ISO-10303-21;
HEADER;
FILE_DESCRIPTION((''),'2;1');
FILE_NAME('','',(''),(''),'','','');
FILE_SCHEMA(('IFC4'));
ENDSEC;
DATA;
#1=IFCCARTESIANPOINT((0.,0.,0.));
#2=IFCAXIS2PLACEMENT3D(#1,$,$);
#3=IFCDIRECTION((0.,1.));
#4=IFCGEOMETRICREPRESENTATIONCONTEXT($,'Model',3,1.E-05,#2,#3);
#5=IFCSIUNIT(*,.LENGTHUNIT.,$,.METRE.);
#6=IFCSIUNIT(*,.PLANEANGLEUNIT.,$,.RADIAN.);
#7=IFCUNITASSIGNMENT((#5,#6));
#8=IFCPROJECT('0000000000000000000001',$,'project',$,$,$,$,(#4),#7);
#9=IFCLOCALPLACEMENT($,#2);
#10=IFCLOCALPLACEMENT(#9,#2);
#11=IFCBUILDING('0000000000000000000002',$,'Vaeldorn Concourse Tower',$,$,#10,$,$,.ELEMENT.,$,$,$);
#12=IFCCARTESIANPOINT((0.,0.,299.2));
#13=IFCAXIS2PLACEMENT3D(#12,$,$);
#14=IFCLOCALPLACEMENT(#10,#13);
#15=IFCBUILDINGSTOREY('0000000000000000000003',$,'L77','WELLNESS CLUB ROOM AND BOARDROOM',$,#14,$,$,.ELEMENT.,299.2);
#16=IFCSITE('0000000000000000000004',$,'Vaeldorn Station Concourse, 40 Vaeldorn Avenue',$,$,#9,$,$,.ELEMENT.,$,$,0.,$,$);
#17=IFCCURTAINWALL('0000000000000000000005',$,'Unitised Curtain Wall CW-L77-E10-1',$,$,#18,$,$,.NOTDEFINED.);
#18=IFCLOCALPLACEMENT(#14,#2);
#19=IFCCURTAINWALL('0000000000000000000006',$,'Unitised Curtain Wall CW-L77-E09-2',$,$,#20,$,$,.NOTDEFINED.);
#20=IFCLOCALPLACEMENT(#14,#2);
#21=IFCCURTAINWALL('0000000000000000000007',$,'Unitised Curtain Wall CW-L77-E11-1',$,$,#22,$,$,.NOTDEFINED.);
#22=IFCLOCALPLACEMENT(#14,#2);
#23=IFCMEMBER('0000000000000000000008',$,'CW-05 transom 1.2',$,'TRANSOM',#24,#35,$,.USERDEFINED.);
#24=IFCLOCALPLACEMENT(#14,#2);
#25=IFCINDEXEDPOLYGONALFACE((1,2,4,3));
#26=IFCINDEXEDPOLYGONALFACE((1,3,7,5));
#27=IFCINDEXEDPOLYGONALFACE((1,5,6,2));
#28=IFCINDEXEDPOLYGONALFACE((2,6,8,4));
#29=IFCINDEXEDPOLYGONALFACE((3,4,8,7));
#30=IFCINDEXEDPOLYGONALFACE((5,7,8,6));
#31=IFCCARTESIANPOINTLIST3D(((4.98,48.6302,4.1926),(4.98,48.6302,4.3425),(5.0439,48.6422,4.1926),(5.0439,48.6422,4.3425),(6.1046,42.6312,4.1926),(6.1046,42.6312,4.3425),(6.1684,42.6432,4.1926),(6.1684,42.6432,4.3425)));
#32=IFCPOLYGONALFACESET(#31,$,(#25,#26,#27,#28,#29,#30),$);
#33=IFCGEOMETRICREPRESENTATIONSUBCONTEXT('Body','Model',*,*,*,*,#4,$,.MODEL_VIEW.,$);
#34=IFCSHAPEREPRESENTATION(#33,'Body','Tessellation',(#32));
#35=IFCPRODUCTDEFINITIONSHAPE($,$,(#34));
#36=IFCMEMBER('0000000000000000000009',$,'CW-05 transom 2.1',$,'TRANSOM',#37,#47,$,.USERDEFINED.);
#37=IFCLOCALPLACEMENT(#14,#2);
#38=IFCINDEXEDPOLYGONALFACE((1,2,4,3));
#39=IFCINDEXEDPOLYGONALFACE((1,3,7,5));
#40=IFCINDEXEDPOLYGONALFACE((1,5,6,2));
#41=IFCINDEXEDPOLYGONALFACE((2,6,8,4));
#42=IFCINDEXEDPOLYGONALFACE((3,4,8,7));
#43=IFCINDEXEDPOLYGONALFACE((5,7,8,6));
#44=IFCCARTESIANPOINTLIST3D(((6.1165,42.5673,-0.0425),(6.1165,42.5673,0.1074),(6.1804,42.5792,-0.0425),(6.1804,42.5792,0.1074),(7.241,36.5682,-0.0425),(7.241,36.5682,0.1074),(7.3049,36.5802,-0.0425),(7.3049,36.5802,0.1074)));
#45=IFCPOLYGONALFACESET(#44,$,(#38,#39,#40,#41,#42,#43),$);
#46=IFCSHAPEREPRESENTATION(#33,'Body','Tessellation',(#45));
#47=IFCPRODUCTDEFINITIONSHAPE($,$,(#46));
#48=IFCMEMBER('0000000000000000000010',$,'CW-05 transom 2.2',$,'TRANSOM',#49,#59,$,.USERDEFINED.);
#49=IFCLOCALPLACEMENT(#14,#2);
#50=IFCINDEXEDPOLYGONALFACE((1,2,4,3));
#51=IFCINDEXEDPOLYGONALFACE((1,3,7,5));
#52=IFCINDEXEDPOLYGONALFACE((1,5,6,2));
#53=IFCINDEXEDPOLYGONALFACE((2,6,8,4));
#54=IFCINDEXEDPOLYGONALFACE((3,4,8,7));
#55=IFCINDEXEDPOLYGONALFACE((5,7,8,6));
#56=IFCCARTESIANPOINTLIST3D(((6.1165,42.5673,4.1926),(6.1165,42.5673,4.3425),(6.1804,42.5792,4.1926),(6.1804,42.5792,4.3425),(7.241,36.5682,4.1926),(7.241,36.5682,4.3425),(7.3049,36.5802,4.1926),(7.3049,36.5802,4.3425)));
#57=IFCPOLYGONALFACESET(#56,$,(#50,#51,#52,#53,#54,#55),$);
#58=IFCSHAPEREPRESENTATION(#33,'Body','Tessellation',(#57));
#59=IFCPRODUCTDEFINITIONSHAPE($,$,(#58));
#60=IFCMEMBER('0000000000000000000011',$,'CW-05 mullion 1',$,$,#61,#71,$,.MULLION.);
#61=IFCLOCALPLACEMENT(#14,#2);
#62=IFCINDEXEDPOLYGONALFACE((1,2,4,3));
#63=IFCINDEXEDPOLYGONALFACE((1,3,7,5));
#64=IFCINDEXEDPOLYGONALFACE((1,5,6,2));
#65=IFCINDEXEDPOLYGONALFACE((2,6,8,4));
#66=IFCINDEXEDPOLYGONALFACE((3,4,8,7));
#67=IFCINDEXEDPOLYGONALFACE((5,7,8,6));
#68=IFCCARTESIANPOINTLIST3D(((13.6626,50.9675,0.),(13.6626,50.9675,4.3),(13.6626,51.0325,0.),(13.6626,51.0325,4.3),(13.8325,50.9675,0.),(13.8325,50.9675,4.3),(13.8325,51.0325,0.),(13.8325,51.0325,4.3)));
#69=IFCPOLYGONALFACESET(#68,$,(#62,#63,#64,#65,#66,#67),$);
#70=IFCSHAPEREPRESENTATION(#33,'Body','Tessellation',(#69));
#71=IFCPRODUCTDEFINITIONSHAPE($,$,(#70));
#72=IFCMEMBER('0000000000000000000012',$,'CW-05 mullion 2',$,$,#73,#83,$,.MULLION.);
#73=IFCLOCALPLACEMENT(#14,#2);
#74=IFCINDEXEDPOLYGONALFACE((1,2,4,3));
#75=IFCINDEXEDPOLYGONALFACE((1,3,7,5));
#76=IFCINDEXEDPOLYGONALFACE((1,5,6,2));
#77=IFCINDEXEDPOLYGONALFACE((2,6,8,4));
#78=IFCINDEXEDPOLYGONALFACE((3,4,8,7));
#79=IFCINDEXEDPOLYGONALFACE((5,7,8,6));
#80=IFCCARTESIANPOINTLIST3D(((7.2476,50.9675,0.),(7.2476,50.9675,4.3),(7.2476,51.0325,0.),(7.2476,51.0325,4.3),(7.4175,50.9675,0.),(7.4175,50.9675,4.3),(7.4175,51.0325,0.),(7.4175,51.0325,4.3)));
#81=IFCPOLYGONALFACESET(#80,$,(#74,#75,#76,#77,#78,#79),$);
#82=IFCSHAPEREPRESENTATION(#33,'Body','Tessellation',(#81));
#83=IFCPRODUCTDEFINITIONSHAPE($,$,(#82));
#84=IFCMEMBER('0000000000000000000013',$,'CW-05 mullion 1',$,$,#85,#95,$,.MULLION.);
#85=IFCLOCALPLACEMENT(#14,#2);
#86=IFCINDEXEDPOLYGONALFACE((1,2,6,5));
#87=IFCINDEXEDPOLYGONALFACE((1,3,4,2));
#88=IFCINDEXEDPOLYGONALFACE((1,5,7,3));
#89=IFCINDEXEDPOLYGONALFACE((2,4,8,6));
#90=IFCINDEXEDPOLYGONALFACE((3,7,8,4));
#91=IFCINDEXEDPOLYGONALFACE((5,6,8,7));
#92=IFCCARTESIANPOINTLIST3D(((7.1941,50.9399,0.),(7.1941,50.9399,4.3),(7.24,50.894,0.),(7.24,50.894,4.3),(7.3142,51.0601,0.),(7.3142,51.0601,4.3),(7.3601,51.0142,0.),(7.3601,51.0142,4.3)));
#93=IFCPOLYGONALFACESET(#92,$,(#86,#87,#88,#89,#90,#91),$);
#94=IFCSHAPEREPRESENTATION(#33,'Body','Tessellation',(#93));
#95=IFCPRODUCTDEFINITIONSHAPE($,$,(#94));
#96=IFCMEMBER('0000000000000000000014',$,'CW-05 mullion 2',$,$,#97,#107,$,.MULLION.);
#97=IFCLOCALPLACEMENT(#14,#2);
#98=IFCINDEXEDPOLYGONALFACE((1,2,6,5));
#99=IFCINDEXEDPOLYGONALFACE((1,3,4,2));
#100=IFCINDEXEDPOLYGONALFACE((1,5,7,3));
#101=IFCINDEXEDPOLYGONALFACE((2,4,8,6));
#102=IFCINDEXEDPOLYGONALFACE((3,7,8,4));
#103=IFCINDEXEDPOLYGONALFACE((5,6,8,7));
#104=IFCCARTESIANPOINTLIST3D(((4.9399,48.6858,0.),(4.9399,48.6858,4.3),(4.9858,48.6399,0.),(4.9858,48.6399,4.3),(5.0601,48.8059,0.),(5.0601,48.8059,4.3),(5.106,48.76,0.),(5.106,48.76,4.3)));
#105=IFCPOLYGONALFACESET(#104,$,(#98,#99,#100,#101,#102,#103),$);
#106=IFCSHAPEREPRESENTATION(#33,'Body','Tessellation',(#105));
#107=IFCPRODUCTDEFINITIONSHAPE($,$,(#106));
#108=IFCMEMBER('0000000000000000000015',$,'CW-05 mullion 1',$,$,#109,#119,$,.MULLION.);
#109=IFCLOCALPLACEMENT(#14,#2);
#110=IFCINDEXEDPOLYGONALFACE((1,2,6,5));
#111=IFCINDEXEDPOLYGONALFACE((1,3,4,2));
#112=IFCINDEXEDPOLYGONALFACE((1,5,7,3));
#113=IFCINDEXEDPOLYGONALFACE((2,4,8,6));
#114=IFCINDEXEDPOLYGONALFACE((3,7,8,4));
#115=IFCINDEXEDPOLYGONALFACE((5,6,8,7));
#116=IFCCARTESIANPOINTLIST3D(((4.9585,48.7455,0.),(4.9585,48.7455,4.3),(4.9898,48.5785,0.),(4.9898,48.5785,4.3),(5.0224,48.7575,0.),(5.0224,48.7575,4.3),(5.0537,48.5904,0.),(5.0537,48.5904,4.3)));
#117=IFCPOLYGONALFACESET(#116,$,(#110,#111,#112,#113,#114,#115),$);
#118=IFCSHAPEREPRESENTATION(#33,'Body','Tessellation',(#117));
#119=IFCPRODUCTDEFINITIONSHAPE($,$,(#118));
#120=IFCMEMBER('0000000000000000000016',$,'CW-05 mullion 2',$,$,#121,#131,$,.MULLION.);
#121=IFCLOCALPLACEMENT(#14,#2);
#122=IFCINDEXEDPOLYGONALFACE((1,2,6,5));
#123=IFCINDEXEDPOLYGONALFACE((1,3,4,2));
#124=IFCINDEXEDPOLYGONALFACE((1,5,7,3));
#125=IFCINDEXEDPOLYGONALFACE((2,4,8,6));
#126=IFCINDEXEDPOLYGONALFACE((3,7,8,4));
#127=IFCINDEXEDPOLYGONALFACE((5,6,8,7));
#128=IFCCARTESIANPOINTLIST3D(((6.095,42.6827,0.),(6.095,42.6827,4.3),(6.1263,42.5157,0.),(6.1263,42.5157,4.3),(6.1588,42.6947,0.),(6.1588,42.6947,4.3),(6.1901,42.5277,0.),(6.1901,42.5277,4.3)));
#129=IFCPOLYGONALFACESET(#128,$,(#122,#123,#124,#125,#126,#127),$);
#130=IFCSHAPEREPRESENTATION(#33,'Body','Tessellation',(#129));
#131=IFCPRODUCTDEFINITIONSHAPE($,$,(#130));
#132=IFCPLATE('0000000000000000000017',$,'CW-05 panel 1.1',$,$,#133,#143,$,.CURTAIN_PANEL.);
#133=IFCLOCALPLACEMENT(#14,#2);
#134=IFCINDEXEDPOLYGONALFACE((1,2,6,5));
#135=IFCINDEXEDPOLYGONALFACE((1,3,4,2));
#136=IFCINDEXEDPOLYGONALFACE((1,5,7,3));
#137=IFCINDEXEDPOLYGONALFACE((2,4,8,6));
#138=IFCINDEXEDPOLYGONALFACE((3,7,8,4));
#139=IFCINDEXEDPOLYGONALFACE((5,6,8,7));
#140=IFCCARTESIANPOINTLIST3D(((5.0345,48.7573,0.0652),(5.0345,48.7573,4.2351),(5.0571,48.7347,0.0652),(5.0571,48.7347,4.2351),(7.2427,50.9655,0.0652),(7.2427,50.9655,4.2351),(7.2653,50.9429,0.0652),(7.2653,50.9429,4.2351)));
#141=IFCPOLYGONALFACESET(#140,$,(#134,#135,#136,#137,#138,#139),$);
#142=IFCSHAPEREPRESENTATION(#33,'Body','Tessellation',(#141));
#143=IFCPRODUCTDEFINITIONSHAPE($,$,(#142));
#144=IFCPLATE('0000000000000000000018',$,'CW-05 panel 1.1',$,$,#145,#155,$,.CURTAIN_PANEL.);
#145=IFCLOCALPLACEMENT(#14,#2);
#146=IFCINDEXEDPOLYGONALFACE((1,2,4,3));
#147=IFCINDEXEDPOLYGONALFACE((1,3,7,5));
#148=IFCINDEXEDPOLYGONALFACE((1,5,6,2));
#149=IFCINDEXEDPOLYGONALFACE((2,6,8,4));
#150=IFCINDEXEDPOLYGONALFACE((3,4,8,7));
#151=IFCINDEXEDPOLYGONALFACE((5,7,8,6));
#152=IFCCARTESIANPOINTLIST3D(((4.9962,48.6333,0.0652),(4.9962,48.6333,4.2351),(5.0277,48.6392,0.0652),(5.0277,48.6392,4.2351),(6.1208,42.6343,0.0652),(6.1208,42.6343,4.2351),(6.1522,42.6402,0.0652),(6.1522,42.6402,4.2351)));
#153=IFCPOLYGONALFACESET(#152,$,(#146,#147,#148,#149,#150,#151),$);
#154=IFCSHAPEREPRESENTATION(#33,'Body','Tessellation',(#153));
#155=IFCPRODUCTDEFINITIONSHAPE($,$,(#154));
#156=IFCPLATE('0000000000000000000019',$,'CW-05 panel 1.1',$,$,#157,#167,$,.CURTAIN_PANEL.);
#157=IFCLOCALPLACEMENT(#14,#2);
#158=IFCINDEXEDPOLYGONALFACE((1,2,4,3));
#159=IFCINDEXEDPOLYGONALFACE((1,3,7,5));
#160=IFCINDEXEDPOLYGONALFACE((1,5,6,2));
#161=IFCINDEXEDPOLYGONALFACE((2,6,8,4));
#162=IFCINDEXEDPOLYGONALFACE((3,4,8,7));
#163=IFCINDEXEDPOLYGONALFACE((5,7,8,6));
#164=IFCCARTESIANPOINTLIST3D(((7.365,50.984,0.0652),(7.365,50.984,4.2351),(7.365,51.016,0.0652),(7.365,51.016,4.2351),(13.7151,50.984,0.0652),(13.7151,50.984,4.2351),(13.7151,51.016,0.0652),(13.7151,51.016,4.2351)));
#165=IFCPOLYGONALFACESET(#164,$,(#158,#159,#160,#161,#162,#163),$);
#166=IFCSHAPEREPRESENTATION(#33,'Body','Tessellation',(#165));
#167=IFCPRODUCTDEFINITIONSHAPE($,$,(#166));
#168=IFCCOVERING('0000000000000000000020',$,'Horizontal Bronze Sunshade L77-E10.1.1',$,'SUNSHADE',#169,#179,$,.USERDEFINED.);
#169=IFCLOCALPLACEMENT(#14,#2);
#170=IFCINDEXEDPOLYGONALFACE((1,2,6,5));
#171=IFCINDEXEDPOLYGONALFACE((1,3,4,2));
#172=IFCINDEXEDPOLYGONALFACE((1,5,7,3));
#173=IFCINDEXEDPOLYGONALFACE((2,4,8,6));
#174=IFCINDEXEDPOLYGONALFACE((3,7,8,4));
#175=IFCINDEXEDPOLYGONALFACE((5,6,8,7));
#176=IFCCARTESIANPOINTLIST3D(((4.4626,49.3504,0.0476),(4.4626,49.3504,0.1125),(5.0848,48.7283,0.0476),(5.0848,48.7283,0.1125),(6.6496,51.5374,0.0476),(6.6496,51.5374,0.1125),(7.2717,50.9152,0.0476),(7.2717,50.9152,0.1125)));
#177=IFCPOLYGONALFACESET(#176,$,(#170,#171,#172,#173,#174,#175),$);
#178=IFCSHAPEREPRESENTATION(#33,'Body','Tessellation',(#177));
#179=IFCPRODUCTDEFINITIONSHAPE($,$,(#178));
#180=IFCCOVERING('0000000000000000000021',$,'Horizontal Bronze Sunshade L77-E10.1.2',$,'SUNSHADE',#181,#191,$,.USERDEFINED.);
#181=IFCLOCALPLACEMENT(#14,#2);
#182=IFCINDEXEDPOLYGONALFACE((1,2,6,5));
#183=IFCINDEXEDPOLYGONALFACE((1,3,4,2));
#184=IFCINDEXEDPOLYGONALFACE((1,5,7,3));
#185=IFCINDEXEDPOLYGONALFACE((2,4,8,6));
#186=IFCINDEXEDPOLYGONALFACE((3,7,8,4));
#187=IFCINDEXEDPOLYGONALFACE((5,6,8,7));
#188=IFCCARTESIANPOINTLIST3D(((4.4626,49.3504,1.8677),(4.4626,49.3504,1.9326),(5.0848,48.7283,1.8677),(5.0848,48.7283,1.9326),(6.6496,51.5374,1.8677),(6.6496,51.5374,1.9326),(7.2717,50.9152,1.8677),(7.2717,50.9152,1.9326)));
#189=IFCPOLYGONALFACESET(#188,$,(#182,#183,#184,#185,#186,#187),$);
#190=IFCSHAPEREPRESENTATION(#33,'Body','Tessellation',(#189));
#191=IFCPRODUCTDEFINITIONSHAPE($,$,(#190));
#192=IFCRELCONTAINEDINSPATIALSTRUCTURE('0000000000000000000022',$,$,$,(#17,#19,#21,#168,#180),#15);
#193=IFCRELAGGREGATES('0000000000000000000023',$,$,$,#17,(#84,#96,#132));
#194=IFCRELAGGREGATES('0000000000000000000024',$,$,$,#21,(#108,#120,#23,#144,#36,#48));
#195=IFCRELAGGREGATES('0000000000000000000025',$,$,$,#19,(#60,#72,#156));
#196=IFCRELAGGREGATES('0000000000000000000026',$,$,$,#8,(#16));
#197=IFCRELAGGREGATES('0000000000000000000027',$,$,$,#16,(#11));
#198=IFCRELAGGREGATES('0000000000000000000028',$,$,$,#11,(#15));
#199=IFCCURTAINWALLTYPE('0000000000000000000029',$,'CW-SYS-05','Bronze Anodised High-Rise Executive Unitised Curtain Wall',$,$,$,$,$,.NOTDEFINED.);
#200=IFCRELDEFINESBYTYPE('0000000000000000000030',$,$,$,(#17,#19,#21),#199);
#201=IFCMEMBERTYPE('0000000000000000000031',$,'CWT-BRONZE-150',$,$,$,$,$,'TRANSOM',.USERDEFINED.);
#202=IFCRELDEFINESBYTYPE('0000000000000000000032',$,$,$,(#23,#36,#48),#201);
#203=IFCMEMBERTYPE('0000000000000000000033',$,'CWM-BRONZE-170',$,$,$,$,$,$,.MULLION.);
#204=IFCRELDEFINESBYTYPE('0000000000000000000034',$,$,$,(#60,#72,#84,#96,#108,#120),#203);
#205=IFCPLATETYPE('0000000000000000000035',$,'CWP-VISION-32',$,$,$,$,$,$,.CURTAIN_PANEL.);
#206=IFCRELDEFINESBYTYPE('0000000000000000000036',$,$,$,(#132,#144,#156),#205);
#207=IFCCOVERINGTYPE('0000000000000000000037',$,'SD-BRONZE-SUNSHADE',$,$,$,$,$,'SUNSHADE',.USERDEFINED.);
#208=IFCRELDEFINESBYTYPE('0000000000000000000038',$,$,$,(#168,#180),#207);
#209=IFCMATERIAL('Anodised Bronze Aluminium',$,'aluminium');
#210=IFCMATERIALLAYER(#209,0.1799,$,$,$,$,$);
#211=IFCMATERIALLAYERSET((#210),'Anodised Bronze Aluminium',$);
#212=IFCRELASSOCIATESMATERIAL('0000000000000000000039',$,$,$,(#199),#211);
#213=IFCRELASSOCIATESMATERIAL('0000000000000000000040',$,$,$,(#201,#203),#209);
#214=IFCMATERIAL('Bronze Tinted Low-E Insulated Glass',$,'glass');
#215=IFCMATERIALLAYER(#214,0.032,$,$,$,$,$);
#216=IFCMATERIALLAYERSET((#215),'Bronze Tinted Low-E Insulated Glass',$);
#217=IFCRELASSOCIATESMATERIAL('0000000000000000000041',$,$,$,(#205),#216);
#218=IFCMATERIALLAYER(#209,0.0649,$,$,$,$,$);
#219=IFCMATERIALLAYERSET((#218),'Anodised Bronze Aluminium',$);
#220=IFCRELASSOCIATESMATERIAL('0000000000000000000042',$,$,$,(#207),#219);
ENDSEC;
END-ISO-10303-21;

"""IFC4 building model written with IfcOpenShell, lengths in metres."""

from ifc_helpers import new_model, si_unit, direction, frame, origin, origin_2d, place, context, subcontext, project, spatial, rectangle, extrude, source, transform, mapped, material, layer, layer_set, material_profile, profile_set, type_object, element, aggregate, save


model = new_model("IFC4")

# Units and contexts
model_context = context("Model", 3, precision=1e-05, world=origin(), true_north=direction((0.0, 1.0)))
body_context = subcontext(model_context, "Body", "Model", "MODEL_VIEW")
ifc_project = project(units=[si_unit("LENGTHUNIT", "METRE"), si_unit("PLANEANGLEUNIT", "RADIAN")], contexts=[model_context])

# Site, building, storey
site_placement = place(None, origin())
site = spatial("IfcSite", under=ifc_project, at=site_placement, Name="Vaeldorn Station Concourse, 40 Vaeldorn Avenue", CompositionType="ELEMENT", RefElevation=0.0)
building_placement = place(site_placement, origin())
building = spatial("IfcBuilding", under=site, at=building_placement, Name="Vaeldorn Concourse Tower", CompositionType="ELEMENT")
storey_placement = place(building_placement, frame((0.0, 0.0, 299.2)))
storey = spatial("IfcBuildingStorey", under=building, at=storey_placement, Name="L77", Description="WELLNESS CLUB ROOM AND BOARDROOM", CompositionType="ELEMENT", Elevation=299.2)

# Curtain walls, members
ifc_material_1 = material(Name="Anodised Bronze Aluminium", Category="aluminium")
ifc_layer_1 = layer(ifc_material_1, 0.1799)
ifc_layer_set_1 = layer_set([ifc_layer_1], Name="Anodised Bronze Aluminium")
curtain_wall_type = type_object("IfcCurtainWallType", Name="CW-SYS-05", Description="Bronze Anodised High-Rise Executive Unitised Curtain Wall", PredefinedType="NOTDEFINED", material=ifc_layer_set_1)
curtain_wall_1_placement = place(storey_placement, origin())
curtain_wall_1 = element("IfcCurtainWall", 1, at=curtain_wall_1_placement, inside=storey, type_object=curtain_wall_type, Name="Unitised Curtain Wall CW-L77-E10-1", PredefinedType="NOTDEFINED")
ifc_material_profile_1 = material_profile(ifc_material_1, rectangle(XDim=0.0649, YDim=0.1499, at=origin_2d()), Name="CWT 65x150")
ifc_profile_set_1 = profile_set([ifc_material_profile_1], Name="Anodised Bronze Aluminium")
member_type_1 = type_object("IfcMemberType", Name="CWT-BRONZE-150", ElementType="TRANSOM", PredefinedType="USERDEFINED", material=ifc_profile_set_1)
curtain_wall_2_placement = place(storey_placement, origin())
curtain_wall_2 = element("IfcCurtainWall", 2, at=curtain_wall_2_placement, inside=storey, type_object=curtain_wall_type, Name="Unitised Curtain Wall CW-L77-E09-2", PredefinedType="NOTDEFINED")
curtain_wall_3_placement = place(storey_placement, origin())
curtain_wall_3 = element("IfcCurtainWall", 3, at=curtain_wall_3_placement, inside=storey, type_object=curtain_wall_type, Name="Unitised Curtain Wall CW-L77-E11-1", PredefinedType="NOTDEFINED")
shared_shape_1 = source(origin(), body_context, "Body", "SweptSolid", [
    extrude(rectangle(XDim=0.0649, YDim=0.1499, at=origin_2d()), origin(), (0.0, 0.0, 1.0), 6.1035),
])
member_1_placement = place(storey_placement, frame((5.012, 48.6362, 4.2676), z_axis=(0.18424, -0.982881, 0.0), x_axis=(0.982881, 0.18424, 0.0)))
member_1 = element("IfcMember", 4, at=member_1_placement, type_object=member_type_1, Name="CW-05 transom 1.2", ObjectType="TRANSOM", PredefinedType="USERDEFINED", context=body_context, shape_type="MappedRepresentation", body=[
    mapped(shared_shape_1, transform((0.0, 0.0, 0.0), scale=1.0)),
])
member_2_placement = place(storey_placement, frame((6.1484, 42.5732, 0.0325), z_axis=(0.18424, -0.982881, 0.0), x_axis=(0.982881, 0.18424, 0.0)))
member_2 = element("IfcMember", 5, at=member_2_placement, type_object=member_type_1, Name="CW-05 transom 2.1", ObjectType="TRANSOM", PredefinedType="USERDEFINED", context=body_context, shape_type="MappedRepresentation", body=[
    mapped(shared_shape_1, transform((0.0, 0.0, 0.0), scale=1.0)),
])
member_3_placement = place(storey_placement, frame((6.1484, 42.5732, 4.2676), z_axis=(0.18424, -0.982881, 0.0), x_axis=(0.982881, 0.18424, 0.0)))
member_3 = element("IfcMember", 6, at=member_3_placement, type_object=member_type_1, Name="CW-05 transom 2.2", ObjectType="TRANSOM", PredefinedType="USERDEFINED", context=body_context, shape_type="MappedRepresentation", body=[
    mapped(shared_shape_1, transform((0.0, 0.0, 0.0), scale=1.0)),
])

# Members
ifc_material_profile_2 = material_profile(ifc_material_1, rectangle(XDim=0.0649, YDim=0.1699, at=origin_2d()), Name="CWM 65x170")
ifc_profile_set_2 = profile_set([ifc_material_profile_2], Name="Anodised Bronze Aluminium")
member_type_2 = type_object("IfcMemberType", Name="CWM-BRONZE-170", PredefinedType="MULLION", material=ifc_profile_set_2)
shared_shape_2 = source(origin(), body_context, "Body", "SweptSolid", [
    extrude(rectangle(XDim=0.0649, YDim=0.1699, at=origin_2d()), origin(), (0.0, 0.0, 1.0), 4.3),
])
member_4_placement = place(storey_placement, frame((13.7476, 51.0, 0.0), z_axis=(0.0, 0.0, 1.0), x_axis=(0.0, -1.0, 0.0)))
member_4 = element("IfcMember", 7, at=member_4_placement, type_object=member_type_2, Name="CW-05 mullion 1", PredefinedType="MULLION", context=body_context, shape_type="MappedRepresentation", body=[
    mapped(shared_shape_2, transform((0.0, 0.0, 0.0), scale=1.0)),
])
member_5_placement = place(storey_placement, frame((7.3325, 51.0, 0.0), z_axis=(0.0, 0.0, 1.0), x_axis=(0.0, -1.0, 0.0)))
member_5 = element("IfcMember", 8, at=member_5_placement, type_object=member_type_2, Name="CW-05 mullion 2", PredefinedType="MULLION", context=body_context, shape_type="MappedRepresentation", body=[
    mapped(shared_shape_2, transform((0.0, 0.0, 0.0), scale=1.0)),
])
member_6_placement = place(storey_placement, frame((7.2771, 50.9771, 0.0), z_axis=(0.0, 0.0, 1.0), x_axis=(0.707107, -0.707107, 0.0)))
member_6 = element("IfcMember", 9, at=member_6_placement, type_object=member_type_2, Name="CW-05 mullion 1", PredefinedType="MULLION", context=body_context, shape_type="MappedRepresentation", body=[
    mapped(shared_shape_2, transform((0.0, 0.0, 0.0), scale=1.0)),
])
member_7_placement = place(storey_placement, frame((5.0229, 48.7229, 0.0), z_axis=(0.0, 0.0, 1.0), x_axis=(0.707107, -0.707107, 0.0)))
member_7 = element("IfcMember", 10, at=member_7_placement, type_object=member_type_2, Name="CW-05 mullion 2", PredefinedType="MULLION", context=body_context, shape_type="MappedRepresentation", body=[
    mapped(shared_shape_2, transform((0.0, 0.0, 0.0), scale=1.0)),
])
member_8_placement = place(storey_placement, frame((5.0061, 48.668, 0.0), z_axis=(0.0, 0.0, 1.0), x_axis=(0.98288, 0.184246, 0.0)))
member_8 = element("IfcMember", 11, at=member_8_placement, type_object=member_type_2, Name="CW-05 mullion 1", PredefinedType="MULLION", context=body_context, shape_type="MappedRepresentation", body=[
    mapped(shared_shape_2, transform((0.0, 0.0, 0.0), scale=1.0)),
])
member_9_placement = place(storey_placement, frame((6.1426, 42.6052, 0.0), z_axis=(0.0, 0.0, 1.0), x_axis=(0.98288, 0.184246, 0.0)))
member_9 = element("IfcMember", 12, at=member_9_placement, type_object=member_type_2, Name="CW-05 mullion 2", PredefinedType="MULLION", context=body_context, shape_type="MappedRepresentation", body=[
    mapped(shared_shape_2, transform((0.0, 0.0, 0.0), scale=1.0)),
])

# Plates
ifc_material_2 = material(Name="Bronze Tinted Low-E Insulated Glass", Category="glass")
ifc_layer_2 = layer(ifc_material_2, 0.032)
ifc_layer_set_2 = layer_set([ifc_layer_2], Name="Bronze Tinted Low-E Insulated Glass")
plate_type = type_object("IfcPlateType", Name="CWP-VISION-32", PredefinedType="CURTAIN_PANEL", material=ifc_layer_set_2)
shared_shape_3 = source(origin(), body_context, "Body", "SweptSolid", [
    extrude(rectangle(XDim=3.1228, YDim=0.032, at=origin_2d()), origin(), (0.0, 0.0, 1.0), 4.1699),
])
plate_1_placement = place(storey_placement, frame((6.1499, 49.8501, 0.0652), z_axis=(0.0, 0.0, 1.0), x_axis=(-0.707107, -0.707107, 0.0)))
plate_1 = element("IfcPlate", 13, at=plate_1_placement, type_object=plate_type, Name="CW-05 panel 1.1", PredefinedType="CURTAIN_PANEL", context=body_context, shape_type="MappedRepresentation", body=[
    mapped(shared_shape_3, transform((0.0, 0.0, 0.0), scale=1.0)),
])
aggregate(curtain_wall_1, [member_6, member_7, plate_1])
shared_shape_4 = source(origin(), body_context, "Body", "SweptSolid", [
    extrude(rectangle(XDim=6.1035, YDim=0.032, at=origin_2d()), origin(), (0.0, 0.0, 1.0), 4.1699),
])
plate_2_placement = place(storey_placement, frame((5.5742, 45.6367, 0.0652), z_axis=(0.0, 0.0, 1.0), x_axis=(0.184246, -0.98288, 0.0)))
plate_2 = element("IfcPlate", 14, at=plate_2_placement, type_object=plate_type, Name="CW-05 panel 1.1", PredefinedType="CURTAIN_PANEL", context=body_context, shape_type="MappedRepresentation", body=[
    mapped(shared_shape_4, transform((0.0, 0.0, 0.0), scale=1.0)),
])
aggregate(curtain_wall_3, [member_8, member_9, member_1, plate_2, member_2, member_3])
shared_shape_5 = source(origin(), body_context, "Body", "SweptSolid", [
    extrude(rectangle(XDim=6.3501, YDim=0.032, at=origin_2d()), origin(), (0.0, 0.0, 1.0), 4.1699),
])
plate_3_placement = place(storey_placement, frame((10.54, 51.0, 0.0652), z_axis=(0.0, 0.0, 1.0), x_axis=(-1.0, 0.0, 0.0)))
plate_3 = element("IfcPlate", 15, at=plate_3_placement, type_object=plate_type, Name="CW-05 panel 1.1", PredefinedType="CURTAIN_PANEL", context=body_context, shape_type="MappedRepresentation", body=[
    mapped(shared_shape_5, transform((0.0, 0.0, 0.0), scale=1.0)),
])
aggregate(curtain_wall_2, [member_4, member_5, plate_3])

# Coverings
ifc_layer_3 = layer(ifc_material_1, 0.0649)
ifc_layer_set_3 = layer_set([ifc_layer_3], Name="Anodised Bronze Aluminium")
covering_type = type_object("IfcCoveringType", Name="SD-BRONZE-SUNSHADE", ElementType="SUNSHADE", PredefinedType="USERDEFINED", material=ifc_layer_set_3)
shared_shape_6 = source(origin(), body_context, "Body", "SweptSolid", [
    extrude(rectangle(XDim=3.0928, YDim=0.8799, at=origin_2d()), origin(), (0.0, 0.0, 1.0), 0.0649),
])
for number, where, z_axis, x_axis, name in (
    (16, (5.8672, 50.1328, 0.0476), (0.0, 0.0, 1.0), (-0.707107, -0.707107, 0.0), "Horizontal Bronze Sunshade L77-E10.1.1"),
    (17, (5.8672, 50.1328, 1.8677), (0.0, 0.0, 1.0), (-0.707107, -0.707107, 0.0), "Horizontal Bronze Sunshade L77-E10.1.2"),
):
    element("IfcCovering", number, at=place(storey_placement, frame(where, z_axis=z_axis, x_axis=x_axis)), inside=storey, type_object=covering_type, Name=name, ObjectType="SUNSHADE", PredefinedType="USERDEFINED", context=body_context, shape_type="MappedRepresentation", body=[
        mapped(shared_shape_6, transform((0.0, 0.0, 0.0), scale=1.0)),
    ])

save(model, "model.ifc")
